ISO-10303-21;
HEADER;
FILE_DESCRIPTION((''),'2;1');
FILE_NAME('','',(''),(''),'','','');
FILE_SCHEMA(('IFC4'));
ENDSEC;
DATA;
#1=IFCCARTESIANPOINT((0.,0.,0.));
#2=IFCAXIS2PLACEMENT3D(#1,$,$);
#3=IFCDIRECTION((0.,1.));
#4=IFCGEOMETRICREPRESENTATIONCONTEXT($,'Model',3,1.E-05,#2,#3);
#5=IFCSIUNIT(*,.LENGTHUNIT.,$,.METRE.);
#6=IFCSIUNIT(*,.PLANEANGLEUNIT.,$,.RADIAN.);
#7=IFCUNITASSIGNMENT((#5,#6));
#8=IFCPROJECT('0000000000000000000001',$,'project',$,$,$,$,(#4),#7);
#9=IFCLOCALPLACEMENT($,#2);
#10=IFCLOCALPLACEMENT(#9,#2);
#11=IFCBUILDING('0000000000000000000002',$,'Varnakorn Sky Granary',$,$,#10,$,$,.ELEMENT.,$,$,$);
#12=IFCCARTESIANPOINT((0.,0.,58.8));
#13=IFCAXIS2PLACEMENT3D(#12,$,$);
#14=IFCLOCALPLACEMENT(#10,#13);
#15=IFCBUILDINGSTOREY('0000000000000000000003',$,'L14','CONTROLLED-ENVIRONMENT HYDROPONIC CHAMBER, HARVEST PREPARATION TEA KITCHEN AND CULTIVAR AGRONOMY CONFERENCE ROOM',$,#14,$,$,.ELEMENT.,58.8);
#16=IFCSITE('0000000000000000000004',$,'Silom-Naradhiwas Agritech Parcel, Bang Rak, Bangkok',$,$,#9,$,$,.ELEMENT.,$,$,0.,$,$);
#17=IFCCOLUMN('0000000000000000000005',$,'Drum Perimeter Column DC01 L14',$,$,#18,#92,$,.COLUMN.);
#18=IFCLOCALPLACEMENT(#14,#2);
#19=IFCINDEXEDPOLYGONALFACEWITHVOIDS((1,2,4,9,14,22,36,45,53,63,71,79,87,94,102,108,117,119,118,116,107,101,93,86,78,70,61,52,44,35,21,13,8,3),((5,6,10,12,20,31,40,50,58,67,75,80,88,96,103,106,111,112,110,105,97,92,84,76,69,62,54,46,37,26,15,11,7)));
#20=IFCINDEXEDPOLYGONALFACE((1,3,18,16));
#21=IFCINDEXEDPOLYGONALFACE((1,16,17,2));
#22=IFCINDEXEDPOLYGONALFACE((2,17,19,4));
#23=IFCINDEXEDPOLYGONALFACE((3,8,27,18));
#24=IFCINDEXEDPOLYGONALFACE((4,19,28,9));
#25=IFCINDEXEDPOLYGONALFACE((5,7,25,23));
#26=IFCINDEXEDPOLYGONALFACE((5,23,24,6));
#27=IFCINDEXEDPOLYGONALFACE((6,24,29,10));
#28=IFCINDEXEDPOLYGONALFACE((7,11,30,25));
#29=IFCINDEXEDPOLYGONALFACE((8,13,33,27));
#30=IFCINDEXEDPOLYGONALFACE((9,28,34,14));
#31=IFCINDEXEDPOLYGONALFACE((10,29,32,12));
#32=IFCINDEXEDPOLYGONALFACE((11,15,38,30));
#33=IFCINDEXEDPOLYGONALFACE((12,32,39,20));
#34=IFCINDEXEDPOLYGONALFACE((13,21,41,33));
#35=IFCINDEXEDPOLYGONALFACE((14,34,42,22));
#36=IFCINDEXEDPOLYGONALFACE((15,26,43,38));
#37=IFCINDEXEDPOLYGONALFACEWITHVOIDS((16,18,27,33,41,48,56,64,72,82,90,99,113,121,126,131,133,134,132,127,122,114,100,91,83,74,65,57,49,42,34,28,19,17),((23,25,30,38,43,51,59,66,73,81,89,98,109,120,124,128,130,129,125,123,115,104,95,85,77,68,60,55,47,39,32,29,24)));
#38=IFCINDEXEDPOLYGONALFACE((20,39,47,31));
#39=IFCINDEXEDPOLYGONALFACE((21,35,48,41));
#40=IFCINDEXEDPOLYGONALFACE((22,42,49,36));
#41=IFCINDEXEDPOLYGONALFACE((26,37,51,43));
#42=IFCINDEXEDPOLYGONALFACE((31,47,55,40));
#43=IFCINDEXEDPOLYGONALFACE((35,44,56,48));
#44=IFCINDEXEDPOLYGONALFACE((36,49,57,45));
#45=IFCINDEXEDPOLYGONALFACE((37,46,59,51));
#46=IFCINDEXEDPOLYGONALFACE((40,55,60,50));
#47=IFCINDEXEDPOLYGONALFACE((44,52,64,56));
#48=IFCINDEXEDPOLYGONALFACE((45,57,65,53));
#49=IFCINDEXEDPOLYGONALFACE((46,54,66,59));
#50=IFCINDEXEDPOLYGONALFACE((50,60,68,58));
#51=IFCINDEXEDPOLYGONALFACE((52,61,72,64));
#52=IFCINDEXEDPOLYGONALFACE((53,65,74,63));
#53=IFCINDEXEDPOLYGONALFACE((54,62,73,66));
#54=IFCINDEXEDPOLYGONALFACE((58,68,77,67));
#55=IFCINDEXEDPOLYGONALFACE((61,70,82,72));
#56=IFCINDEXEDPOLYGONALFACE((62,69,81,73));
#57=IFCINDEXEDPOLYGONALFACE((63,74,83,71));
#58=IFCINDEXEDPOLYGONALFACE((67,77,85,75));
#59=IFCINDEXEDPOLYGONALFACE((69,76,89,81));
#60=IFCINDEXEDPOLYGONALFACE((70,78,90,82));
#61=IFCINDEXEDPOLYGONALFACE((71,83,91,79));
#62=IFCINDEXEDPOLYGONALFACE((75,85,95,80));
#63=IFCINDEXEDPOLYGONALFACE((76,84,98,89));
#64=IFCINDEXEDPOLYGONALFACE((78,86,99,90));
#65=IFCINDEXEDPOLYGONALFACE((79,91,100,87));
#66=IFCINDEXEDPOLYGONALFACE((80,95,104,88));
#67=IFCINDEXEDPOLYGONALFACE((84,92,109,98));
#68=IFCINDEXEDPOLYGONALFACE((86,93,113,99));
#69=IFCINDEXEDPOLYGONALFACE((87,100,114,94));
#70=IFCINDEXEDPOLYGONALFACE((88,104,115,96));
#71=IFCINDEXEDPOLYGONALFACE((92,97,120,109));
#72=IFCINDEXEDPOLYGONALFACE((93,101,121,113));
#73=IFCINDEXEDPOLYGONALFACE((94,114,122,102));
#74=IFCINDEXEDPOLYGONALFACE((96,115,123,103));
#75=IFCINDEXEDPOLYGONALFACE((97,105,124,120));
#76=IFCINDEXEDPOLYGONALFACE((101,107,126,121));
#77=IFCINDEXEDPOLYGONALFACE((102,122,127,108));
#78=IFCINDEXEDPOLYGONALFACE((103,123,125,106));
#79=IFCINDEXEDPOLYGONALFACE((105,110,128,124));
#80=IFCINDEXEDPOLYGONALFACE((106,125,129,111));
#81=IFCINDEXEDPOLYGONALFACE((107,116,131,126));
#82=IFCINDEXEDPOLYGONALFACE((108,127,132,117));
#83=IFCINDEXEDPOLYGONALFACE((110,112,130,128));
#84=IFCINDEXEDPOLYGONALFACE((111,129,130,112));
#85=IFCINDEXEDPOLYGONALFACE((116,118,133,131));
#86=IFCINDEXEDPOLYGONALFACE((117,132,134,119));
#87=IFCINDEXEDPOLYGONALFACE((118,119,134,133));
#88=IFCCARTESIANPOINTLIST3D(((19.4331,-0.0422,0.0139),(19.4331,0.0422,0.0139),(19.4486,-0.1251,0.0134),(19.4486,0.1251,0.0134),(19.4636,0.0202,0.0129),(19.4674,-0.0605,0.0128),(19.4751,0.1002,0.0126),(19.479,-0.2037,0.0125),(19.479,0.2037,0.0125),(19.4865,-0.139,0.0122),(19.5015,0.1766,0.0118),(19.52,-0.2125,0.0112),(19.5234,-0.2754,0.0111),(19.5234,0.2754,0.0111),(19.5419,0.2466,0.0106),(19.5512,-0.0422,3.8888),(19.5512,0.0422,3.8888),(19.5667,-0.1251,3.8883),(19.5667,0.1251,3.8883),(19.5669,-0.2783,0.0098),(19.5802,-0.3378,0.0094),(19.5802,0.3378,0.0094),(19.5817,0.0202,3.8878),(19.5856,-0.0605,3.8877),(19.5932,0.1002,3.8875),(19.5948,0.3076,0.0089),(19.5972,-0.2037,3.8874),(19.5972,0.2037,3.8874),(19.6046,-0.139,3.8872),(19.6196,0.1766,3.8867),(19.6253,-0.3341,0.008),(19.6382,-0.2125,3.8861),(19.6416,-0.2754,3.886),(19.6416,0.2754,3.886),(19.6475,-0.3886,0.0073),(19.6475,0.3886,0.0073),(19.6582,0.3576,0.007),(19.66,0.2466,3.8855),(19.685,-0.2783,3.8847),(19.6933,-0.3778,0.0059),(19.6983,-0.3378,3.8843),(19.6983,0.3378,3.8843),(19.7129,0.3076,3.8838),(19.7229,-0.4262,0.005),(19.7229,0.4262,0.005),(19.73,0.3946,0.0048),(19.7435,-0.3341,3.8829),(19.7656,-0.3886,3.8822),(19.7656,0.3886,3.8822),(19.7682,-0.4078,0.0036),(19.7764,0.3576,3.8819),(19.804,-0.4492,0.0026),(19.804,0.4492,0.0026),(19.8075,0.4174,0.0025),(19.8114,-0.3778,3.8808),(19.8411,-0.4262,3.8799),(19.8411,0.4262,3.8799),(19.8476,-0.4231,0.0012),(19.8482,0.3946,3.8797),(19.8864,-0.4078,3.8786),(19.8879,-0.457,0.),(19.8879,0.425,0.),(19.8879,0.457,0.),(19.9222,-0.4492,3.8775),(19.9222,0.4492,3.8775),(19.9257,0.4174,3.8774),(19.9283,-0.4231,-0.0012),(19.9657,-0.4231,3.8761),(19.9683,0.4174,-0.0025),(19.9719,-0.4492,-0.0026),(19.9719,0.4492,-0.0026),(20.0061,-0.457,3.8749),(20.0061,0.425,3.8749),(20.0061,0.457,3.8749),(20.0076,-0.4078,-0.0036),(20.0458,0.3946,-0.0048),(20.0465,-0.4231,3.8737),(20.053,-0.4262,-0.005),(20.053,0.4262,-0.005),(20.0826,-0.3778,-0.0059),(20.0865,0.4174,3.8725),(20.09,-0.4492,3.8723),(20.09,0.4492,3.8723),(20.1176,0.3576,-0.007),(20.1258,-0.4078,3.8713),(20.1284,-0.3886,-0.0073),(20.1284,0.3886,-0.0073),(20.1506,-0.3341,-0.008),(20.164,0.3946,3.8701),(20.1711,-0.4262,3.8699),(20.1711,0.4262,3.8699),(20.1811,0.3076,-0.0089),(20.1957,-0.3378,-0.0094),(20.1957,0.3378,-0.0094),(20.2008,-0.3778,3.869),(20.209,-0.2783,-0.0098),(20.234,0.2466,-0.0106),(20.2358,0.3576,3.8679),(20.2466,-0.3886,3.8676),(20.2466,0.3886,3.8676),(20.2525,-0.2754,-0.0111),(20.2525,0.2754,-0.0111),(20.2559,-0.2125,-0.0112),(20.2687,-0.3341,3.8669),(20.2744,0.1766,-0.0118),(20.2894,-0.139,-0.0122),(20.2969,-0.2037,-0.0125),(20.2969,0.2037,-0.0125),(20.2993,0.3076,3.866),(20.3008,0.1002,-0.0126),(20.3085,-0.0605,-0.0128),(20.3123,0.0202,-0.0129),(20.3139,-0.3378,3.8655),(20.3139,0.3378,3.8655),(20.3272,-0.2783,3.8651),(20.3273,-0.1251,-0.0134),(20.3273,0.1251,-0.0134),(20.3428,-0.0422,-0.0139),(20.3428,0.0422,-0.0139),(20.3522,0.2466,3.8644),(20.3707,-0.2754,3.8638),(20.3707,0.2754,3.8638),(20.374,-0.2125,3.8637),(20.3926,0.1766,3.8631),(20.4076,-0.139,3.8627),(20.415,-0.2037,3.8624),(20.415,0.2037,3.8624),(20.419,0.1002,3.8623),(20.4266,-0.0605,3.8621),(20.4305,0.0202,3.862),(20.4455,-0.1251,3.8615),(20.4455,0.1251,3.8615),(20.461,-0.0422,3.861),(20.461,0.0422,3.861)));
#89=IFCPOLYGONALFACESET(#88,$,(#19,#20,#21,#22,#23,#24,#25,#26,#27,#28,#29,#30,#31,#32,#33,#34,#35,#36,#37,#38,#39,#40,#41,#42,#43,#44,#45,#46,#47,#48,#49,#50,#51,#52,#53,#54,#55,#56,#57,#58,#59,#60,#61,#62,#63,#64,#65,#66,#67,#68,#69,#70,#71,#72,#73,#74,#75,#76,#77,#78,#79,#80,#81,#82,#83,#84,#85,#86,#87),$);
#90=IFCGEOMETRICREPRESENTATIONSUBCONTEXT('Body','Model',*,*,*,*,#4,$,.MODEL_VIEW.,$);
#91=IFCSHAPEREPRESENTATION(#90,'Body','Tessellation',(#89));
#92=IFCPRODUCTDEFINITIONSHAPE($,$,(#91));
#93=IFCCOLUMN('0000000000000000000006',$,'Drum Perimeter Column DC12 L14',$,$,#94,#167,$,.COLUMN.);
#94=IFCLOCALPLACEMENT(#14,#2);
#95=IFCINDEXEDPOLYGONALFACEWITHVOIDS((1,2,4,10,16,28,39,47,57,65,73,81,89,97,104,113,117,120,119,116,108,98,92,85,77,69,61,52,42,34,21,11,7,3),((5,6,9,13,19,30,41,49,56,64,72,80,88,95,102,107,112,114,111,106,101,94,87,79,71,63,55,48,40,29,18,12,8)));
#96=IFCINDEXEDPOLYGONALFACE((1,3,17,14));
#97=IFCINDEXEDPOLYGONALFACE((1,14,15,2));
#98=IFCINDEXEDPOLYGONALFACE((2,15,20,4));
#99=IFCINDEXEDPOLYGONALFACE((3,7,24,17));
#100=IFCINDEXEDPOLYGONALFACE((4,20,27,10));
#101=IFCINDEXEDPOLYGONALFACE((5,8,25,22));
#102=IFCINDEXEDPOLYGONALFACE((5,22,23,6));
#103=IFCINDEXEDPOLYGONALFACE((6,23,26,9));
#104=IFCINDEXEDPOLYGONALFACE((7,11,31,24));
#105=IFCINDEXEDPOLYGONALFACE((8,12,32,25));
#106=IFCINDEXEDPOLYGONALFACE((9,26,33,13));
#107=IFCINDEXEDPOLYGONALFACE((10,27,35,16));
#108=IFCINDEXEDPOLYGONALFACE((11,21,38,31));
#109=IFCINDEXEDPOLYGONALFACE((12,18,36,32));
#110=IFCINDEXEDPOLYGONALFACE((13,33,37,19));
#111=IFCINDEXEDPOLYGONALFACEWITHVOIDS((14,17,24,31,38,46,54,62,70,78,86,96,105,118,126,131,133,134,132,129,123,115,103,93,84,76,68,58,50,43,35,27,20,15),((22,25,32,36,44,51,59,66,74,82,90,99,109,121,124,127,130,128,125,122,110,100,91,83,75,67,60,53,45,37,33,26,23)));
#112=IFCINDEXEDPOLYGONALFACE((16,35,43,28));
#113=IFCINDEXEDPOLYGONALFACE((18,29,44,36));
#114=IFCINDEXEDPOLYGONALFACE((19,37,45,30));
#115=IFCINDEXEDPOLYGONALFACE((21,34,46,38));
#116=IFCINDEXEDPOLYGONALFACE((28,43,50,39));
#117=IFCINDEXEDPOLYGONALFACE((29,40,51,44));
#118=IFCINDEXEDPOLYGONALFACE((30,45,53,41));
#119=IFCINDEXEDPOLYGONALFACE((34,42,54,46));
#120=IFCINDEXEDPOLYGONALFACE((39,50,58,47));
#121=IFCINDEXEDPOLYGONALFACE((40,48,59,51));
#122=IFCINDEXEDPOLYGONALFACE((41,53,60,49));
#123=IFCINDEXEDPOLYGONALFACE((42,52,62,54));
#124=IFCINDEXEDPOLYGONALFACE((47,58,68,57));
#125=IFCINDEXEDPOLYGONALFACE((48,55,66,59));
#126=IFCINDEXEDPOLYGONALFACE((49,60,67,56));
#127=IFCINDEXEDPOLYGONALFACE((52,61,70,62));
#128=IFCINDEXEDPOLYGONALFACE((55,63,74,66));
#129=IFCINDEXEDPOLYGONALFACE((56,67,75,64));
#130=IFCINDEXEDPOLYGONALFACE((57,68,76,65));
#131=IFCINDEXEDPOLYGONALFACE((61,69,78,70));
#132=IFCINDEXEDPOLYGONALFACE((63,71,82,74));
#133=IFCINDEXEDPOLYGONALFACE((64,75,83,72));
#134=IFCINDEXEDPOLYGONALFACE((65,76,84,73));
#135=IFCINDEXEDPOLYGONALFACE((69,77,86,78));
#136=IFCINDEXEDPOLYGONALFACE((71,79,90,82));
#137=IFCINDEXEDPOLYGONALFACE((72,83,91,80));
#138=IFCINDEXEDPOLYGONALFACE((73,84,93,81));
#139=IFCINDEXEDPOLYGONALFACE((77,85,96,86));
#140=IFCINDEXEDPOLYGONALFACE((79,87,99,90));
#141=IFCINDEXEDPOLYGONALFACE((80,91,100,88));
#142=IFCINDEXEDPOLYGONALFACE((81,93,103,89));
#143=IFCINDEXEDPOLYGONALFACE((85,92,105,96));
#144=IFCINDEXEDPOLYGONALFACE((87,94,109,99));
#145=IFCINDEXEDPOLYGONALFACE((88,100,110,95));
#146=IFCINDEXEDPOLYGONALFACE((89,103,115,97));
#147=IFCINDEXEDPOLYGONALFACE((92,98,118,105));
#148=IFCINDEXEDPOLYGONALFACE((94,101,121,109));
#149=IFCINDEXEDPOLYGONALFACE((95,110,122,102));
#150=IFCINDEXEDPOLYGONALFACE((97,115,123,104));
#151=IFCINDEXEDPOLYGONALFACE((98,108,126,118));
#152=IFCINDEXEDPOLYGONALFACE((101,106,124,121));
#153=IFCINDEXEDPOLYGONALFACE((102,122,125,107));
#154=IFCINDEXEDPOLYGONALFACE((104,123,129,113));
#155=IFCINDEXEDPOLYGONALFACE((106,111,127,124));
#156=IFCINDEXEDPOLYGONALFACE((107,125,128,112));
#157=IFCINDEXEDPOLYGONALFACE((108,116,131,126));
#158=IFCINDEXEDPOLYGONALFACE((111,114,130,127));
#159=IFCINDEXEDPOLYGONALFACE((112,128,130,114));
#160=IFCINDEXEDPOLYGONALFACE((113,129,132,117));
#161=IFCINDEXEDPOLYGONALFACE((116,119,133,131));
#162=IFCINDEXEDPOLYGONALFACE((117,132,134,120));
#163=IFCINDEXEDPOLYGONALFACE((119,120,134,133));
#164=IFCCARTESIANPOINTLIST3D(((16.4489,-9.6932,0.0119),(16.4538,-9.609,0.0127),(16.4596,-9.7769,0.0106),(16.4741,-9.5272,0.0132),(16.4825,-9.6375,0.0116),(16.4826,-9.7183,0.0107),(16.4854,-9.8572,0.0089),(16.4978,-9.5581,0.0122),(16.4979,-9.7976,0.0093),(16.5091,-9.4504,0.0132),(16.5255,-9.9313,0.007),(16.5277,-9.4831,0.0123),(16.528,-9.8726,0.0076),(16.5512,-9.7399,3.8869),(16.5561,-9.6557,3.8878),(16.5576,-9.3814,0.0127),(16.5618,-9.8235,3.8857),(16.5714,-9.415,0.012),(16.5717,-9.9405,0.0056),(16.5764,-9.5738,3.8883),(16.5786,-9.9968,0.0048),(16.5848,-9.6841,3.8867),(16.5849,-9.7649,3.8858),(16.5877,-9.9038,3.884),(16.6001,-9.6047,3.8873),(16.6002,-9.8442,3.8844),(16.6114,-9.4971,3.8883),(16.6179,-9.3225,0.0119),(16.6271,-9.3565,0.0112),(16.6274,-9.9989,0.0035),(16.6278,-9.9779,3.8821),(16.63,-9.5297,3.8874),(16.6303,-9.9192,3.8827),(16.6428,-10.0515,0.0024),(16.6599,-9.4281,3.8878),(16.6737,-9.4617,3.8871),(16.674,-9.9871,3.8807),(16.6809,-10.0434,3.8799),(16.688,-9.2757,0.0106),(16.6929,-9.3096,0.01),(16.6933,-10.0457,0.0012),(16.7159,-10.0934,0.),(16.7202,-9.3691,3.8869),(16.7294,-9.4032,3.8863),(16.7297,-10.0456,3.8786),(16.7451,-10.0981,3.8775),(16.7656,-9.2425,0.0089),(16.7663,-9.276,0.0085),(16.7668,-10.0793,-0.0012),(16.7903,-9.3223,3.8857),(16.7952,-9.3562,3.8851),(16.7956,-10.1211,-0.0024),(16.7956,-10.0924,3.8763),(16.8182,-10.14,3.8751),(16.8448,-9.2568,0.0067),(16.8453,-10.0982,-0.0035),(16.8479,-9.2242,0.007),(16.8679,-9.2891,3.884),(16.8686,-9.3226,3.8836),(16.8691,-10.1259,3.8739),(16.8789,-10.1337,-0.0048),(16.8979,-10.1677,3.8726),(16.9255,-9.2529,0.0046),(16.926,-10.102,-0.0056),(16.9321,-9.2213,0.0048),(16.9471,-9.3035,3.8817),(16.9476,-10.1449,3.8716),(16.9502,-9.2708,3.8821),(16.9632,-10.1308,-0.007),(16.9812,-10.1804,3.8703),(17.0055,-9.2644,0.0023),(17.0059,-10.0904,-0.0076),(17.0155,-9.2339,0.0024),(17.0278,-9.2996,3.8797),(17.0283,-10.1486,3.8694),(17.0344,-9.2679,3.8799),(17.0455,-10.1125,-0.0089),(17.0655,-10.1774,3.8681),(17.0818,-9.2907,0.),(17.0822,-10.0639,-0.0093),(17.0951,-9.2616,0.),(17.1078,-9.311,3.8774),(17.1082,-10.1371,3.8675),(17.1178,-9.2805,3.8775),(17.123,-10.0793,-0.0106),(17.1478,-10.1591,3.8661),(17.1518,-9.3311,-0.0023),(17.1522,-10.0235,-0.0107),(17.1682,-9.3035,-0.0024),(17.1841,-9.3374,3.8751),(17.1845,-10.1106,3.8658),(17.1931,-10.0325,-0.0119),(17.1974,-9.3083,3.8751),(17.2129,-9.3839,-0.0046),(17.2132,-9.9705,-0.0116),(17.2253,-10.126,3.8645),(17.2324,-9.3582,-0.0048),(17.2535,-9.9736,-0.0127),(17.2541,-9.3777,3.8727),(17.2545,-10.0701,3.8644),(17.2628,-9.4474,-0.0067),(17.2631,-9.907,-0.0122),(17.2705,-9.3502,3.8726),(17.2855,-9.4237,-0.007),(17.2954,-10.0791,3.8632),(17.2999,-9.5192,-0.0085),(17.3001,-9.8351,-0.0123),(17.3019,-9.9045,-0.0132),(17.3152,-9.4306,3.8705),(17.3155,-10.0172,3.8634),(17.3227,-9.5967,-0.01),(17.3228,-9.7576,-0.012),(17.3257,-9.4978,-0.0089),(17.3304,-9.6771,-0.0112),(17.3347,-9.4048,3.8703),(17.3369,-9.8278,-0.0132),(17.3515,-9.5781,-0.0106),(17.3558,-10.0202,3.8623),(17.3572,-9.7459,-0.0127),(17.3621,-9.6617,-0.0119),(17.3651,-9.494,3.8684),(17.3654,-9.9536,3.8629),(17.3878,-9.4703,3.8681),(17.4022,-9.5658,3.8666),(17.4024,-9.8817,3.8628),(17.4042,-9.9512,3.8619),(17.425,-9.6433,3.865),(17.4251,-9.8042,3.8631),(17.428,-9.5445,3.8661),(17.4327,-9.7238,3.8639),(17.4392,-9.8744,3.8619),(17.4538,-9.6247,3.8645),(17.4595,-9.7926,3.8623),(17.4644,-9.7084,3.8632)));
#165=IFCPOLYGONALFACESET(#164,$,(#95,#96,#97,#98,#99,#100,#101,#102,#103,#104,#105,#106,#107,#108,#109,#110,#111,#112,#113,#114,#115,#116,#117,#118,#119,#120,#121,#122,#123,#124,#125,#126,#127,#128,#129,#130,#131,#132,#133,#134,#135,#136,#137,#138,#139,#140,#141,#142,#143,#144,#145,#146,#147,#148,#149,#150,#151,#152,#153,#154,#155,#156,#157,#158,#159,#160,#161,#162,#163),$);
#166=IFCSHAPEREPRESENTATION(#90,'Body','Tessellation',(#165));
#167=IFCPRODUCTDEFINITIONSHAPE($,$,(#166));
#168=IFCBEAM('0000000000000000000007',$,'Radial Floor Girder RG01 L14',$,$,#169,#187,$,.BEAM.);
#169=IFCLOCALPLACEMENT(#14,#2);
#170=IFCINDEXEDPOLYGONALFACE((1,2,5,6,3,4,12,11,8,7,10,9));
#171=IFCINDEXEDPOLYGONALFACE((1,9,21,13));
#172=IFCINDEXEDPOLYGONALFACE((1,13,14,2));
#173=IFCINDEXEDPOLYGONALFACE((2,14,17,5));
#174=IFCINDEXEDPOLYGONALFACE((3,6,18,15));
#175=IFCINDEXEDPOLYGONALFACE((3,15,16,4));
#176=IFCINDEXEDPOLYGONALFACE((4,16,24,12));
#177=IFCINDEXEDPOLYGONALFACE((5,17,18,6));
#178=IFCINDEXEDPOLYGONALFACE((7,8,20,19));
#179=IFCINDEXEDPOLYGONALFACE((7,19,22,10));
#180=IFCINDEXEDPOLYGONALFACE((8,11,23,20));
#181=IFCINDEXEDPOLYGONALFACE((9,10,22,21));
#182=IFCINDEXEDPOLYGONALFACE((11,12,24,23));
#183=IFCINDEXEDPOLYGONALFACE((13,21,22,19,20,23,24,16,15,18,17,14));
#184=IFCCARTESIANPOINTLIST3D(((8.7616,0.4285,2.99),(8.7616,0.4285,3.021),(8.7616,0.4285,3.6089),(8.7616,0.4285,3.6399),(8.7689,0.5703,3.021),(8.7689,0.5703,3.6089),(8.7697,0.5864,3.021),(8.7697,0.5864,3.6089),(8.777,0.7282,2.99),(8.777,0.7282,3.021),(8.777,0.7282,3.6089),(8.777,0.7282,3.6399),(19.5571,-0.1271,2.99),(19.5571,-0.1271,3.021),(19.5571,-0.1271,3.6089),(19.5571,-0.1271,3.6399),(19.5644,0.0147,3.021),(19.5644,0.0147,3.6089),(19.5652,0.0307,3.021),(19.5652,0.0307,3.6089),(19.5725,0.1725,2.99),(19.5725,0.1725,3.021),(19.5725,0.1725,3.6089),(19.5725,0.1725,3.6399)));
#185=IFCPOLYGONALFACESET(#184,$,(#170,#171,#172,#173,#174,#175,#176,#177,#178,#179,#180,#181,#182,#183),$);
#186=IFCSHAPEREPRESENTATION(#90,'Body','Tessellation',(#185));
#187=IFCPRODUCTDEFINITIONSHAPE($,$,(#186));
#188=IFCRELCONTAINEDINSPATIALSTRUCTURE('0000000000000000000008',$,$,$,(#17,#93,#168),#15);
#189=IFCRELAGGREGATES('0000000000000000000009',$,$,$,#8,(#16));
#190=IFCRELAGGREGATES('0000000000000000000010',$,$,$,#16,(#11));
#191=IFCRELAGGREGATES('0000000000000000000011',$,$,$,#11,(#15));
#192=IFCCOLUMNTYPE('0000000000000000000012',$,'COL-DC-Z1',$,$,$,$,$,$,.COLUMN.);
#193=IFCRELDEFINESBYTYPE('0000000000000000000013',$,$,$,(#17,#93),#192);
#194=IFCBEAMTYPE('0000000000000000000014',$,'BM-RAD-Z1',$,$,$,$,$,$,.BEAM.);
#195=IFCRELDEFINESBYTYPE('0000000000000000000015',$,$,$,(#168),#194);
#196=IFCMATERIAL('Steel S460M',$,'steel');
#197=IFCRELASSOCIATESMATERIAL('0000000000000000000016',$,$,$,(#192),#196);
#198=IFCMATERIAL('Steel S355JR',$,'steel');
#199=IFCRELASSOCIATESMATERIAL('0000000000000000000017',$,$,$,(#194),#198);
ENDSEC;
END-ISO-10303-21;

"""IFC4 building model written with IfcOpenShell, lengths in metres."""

from ifc_helpers import new_model, si_unit, direction, frame, origin, origin_2d, place, context, subcontext, project, spatial, hollow_circle, i_section, extrude, material, material_profile, profile_set, type_object, element, save


model = new_model("IFC4")

# Units and contexts
model_context = context("Model", 3, precision=1e-05, world=origin(), true_north=direction((0.0, 1.0)))
body_context = subcontext(model_context, "Body", "Model", "MODEL_VIEW")
ifc_project = project(units=[si_unit("LENGTHUNIT", "METRE"), si_unit("PLANEANGLEUNIT", "RADIAN")], contexts=[model_context])

# Site, building, storey
site_placement = place(None, origin())
site = spatial("IfcSite", under=ifc_project, at=site_placement, Name="Silom-Naradhiwas Agritech Parcel, Bang Rak, Bangkok", CompositionType="ELEMENT", RefElevation=0.0)
building_placement = place(site_placement, origin())
building = spatial("IfcBuilding", under=site, at=building_placement, Name="Varnakorn Sky Granary", CompositionType="ELEMENT")
storey_placement = place(building_placement, frame((0.0, 0.0, 58.8)))
storey = spatial("IfcBuildingStorey", under=building, at=storey_placement, Name="L14", Description="CONTROLLED-ENVIRONMENT HYDROPONIC CHAMBER, HARVEST PREPARATION TEA KITCHEN AND CULTIVAR AGRONOMY CONFERENCE ROOM", CompositionType="ELEMENT", Elevation=58.8)

# Columns
ifc_material_1 = material(Name="Steel S460M", Category="steel")
ifc_material_profile_1 = material_profile(ifc_material_1, hollow_circle(Radius=0.457, WallThickness=0.032, at=origin_2d()), Name="CHS 914x32")
ifc_profile_set_1 = profile_set([ifc_material_profile_1], Name="Steel S460M")
column_type = type_object("IfcColumnType", Name="COL-DC-Z1", PredefinedType="COLUMN", material=ifc_profile_set_1)
for number, where, z_axis, x_axis, name in (
    (1, (19.8879, 0.0, 0.0), (0.03048, 0.0, 0.999535), (0.0, 1.0, 0.0), "Drum Perimeter Column DC01 L14"),
    (2, (16.9055, -9.6775, 0.0), (0.026388, -0.012029, 0.999579), (0.414784, 0.90992, 0.0), "Drum Perimeter Column DC12 L14"),
):
    element("IfcColumn", number, at=place(storey_placement, frame(where, z_axis=z_axis, x_axis=x_axis)), inside=storey, type_object=column_type, Name=name, PredefinedType="COLUMN", context=body_context, shape_type="SweptSolid", body=[
        extrude(hollow_circle(Radius=0.457, WallThickness=0.032, at=origin_2d()), origin(), (0.0, 0.0, 1.0), 3.8767),
    ])

# Beam
ifc_material_2 = material(Name="Steel S355JR", Category="steel")
ifc_material_profile_2 = material_profile(ifc_material_2, i_section(OverallWidth=0.3, OverallDepth=0.6499, WebThickness=0.0161, FlangeThickness=0.031, at=origin_2d()), Name="HE 650 B")
ifc_profile_set_2 = profile_set([ifc_material_profile_2], Name="Steel S355JR")
beam_type_1 = type_object("IfcBeamType", Name="BM-RAD-Z1", PredefinedType="BEAM", material=ifc_profile_set_2)
beam_1_placement = place(storey_placement, frame((8.7693, 0.5784, 3.3149), z_axis=(0.998678, -0.051404, 0.0), x_axis=(0.051404, 0.998678, 0.0)))
element("IfcBeam", 3, at=beam_1_placement, inside=storey, type_object=beam_type_1, Name="Radial Floor Girder RG01 L14", PredefinedType="BEAM", context=body_context, shape_type="SweptSolid", body=[
    extrude(i_section(OverallWidth=0.3, OverallDepth=0.6499, WebThickness=0.0161, FlangeThickness=0.031, at=origin_2d()), origin(), (0.0, 0.0, 1.0), 10.8098),
])

save(model, "model.ifc")
